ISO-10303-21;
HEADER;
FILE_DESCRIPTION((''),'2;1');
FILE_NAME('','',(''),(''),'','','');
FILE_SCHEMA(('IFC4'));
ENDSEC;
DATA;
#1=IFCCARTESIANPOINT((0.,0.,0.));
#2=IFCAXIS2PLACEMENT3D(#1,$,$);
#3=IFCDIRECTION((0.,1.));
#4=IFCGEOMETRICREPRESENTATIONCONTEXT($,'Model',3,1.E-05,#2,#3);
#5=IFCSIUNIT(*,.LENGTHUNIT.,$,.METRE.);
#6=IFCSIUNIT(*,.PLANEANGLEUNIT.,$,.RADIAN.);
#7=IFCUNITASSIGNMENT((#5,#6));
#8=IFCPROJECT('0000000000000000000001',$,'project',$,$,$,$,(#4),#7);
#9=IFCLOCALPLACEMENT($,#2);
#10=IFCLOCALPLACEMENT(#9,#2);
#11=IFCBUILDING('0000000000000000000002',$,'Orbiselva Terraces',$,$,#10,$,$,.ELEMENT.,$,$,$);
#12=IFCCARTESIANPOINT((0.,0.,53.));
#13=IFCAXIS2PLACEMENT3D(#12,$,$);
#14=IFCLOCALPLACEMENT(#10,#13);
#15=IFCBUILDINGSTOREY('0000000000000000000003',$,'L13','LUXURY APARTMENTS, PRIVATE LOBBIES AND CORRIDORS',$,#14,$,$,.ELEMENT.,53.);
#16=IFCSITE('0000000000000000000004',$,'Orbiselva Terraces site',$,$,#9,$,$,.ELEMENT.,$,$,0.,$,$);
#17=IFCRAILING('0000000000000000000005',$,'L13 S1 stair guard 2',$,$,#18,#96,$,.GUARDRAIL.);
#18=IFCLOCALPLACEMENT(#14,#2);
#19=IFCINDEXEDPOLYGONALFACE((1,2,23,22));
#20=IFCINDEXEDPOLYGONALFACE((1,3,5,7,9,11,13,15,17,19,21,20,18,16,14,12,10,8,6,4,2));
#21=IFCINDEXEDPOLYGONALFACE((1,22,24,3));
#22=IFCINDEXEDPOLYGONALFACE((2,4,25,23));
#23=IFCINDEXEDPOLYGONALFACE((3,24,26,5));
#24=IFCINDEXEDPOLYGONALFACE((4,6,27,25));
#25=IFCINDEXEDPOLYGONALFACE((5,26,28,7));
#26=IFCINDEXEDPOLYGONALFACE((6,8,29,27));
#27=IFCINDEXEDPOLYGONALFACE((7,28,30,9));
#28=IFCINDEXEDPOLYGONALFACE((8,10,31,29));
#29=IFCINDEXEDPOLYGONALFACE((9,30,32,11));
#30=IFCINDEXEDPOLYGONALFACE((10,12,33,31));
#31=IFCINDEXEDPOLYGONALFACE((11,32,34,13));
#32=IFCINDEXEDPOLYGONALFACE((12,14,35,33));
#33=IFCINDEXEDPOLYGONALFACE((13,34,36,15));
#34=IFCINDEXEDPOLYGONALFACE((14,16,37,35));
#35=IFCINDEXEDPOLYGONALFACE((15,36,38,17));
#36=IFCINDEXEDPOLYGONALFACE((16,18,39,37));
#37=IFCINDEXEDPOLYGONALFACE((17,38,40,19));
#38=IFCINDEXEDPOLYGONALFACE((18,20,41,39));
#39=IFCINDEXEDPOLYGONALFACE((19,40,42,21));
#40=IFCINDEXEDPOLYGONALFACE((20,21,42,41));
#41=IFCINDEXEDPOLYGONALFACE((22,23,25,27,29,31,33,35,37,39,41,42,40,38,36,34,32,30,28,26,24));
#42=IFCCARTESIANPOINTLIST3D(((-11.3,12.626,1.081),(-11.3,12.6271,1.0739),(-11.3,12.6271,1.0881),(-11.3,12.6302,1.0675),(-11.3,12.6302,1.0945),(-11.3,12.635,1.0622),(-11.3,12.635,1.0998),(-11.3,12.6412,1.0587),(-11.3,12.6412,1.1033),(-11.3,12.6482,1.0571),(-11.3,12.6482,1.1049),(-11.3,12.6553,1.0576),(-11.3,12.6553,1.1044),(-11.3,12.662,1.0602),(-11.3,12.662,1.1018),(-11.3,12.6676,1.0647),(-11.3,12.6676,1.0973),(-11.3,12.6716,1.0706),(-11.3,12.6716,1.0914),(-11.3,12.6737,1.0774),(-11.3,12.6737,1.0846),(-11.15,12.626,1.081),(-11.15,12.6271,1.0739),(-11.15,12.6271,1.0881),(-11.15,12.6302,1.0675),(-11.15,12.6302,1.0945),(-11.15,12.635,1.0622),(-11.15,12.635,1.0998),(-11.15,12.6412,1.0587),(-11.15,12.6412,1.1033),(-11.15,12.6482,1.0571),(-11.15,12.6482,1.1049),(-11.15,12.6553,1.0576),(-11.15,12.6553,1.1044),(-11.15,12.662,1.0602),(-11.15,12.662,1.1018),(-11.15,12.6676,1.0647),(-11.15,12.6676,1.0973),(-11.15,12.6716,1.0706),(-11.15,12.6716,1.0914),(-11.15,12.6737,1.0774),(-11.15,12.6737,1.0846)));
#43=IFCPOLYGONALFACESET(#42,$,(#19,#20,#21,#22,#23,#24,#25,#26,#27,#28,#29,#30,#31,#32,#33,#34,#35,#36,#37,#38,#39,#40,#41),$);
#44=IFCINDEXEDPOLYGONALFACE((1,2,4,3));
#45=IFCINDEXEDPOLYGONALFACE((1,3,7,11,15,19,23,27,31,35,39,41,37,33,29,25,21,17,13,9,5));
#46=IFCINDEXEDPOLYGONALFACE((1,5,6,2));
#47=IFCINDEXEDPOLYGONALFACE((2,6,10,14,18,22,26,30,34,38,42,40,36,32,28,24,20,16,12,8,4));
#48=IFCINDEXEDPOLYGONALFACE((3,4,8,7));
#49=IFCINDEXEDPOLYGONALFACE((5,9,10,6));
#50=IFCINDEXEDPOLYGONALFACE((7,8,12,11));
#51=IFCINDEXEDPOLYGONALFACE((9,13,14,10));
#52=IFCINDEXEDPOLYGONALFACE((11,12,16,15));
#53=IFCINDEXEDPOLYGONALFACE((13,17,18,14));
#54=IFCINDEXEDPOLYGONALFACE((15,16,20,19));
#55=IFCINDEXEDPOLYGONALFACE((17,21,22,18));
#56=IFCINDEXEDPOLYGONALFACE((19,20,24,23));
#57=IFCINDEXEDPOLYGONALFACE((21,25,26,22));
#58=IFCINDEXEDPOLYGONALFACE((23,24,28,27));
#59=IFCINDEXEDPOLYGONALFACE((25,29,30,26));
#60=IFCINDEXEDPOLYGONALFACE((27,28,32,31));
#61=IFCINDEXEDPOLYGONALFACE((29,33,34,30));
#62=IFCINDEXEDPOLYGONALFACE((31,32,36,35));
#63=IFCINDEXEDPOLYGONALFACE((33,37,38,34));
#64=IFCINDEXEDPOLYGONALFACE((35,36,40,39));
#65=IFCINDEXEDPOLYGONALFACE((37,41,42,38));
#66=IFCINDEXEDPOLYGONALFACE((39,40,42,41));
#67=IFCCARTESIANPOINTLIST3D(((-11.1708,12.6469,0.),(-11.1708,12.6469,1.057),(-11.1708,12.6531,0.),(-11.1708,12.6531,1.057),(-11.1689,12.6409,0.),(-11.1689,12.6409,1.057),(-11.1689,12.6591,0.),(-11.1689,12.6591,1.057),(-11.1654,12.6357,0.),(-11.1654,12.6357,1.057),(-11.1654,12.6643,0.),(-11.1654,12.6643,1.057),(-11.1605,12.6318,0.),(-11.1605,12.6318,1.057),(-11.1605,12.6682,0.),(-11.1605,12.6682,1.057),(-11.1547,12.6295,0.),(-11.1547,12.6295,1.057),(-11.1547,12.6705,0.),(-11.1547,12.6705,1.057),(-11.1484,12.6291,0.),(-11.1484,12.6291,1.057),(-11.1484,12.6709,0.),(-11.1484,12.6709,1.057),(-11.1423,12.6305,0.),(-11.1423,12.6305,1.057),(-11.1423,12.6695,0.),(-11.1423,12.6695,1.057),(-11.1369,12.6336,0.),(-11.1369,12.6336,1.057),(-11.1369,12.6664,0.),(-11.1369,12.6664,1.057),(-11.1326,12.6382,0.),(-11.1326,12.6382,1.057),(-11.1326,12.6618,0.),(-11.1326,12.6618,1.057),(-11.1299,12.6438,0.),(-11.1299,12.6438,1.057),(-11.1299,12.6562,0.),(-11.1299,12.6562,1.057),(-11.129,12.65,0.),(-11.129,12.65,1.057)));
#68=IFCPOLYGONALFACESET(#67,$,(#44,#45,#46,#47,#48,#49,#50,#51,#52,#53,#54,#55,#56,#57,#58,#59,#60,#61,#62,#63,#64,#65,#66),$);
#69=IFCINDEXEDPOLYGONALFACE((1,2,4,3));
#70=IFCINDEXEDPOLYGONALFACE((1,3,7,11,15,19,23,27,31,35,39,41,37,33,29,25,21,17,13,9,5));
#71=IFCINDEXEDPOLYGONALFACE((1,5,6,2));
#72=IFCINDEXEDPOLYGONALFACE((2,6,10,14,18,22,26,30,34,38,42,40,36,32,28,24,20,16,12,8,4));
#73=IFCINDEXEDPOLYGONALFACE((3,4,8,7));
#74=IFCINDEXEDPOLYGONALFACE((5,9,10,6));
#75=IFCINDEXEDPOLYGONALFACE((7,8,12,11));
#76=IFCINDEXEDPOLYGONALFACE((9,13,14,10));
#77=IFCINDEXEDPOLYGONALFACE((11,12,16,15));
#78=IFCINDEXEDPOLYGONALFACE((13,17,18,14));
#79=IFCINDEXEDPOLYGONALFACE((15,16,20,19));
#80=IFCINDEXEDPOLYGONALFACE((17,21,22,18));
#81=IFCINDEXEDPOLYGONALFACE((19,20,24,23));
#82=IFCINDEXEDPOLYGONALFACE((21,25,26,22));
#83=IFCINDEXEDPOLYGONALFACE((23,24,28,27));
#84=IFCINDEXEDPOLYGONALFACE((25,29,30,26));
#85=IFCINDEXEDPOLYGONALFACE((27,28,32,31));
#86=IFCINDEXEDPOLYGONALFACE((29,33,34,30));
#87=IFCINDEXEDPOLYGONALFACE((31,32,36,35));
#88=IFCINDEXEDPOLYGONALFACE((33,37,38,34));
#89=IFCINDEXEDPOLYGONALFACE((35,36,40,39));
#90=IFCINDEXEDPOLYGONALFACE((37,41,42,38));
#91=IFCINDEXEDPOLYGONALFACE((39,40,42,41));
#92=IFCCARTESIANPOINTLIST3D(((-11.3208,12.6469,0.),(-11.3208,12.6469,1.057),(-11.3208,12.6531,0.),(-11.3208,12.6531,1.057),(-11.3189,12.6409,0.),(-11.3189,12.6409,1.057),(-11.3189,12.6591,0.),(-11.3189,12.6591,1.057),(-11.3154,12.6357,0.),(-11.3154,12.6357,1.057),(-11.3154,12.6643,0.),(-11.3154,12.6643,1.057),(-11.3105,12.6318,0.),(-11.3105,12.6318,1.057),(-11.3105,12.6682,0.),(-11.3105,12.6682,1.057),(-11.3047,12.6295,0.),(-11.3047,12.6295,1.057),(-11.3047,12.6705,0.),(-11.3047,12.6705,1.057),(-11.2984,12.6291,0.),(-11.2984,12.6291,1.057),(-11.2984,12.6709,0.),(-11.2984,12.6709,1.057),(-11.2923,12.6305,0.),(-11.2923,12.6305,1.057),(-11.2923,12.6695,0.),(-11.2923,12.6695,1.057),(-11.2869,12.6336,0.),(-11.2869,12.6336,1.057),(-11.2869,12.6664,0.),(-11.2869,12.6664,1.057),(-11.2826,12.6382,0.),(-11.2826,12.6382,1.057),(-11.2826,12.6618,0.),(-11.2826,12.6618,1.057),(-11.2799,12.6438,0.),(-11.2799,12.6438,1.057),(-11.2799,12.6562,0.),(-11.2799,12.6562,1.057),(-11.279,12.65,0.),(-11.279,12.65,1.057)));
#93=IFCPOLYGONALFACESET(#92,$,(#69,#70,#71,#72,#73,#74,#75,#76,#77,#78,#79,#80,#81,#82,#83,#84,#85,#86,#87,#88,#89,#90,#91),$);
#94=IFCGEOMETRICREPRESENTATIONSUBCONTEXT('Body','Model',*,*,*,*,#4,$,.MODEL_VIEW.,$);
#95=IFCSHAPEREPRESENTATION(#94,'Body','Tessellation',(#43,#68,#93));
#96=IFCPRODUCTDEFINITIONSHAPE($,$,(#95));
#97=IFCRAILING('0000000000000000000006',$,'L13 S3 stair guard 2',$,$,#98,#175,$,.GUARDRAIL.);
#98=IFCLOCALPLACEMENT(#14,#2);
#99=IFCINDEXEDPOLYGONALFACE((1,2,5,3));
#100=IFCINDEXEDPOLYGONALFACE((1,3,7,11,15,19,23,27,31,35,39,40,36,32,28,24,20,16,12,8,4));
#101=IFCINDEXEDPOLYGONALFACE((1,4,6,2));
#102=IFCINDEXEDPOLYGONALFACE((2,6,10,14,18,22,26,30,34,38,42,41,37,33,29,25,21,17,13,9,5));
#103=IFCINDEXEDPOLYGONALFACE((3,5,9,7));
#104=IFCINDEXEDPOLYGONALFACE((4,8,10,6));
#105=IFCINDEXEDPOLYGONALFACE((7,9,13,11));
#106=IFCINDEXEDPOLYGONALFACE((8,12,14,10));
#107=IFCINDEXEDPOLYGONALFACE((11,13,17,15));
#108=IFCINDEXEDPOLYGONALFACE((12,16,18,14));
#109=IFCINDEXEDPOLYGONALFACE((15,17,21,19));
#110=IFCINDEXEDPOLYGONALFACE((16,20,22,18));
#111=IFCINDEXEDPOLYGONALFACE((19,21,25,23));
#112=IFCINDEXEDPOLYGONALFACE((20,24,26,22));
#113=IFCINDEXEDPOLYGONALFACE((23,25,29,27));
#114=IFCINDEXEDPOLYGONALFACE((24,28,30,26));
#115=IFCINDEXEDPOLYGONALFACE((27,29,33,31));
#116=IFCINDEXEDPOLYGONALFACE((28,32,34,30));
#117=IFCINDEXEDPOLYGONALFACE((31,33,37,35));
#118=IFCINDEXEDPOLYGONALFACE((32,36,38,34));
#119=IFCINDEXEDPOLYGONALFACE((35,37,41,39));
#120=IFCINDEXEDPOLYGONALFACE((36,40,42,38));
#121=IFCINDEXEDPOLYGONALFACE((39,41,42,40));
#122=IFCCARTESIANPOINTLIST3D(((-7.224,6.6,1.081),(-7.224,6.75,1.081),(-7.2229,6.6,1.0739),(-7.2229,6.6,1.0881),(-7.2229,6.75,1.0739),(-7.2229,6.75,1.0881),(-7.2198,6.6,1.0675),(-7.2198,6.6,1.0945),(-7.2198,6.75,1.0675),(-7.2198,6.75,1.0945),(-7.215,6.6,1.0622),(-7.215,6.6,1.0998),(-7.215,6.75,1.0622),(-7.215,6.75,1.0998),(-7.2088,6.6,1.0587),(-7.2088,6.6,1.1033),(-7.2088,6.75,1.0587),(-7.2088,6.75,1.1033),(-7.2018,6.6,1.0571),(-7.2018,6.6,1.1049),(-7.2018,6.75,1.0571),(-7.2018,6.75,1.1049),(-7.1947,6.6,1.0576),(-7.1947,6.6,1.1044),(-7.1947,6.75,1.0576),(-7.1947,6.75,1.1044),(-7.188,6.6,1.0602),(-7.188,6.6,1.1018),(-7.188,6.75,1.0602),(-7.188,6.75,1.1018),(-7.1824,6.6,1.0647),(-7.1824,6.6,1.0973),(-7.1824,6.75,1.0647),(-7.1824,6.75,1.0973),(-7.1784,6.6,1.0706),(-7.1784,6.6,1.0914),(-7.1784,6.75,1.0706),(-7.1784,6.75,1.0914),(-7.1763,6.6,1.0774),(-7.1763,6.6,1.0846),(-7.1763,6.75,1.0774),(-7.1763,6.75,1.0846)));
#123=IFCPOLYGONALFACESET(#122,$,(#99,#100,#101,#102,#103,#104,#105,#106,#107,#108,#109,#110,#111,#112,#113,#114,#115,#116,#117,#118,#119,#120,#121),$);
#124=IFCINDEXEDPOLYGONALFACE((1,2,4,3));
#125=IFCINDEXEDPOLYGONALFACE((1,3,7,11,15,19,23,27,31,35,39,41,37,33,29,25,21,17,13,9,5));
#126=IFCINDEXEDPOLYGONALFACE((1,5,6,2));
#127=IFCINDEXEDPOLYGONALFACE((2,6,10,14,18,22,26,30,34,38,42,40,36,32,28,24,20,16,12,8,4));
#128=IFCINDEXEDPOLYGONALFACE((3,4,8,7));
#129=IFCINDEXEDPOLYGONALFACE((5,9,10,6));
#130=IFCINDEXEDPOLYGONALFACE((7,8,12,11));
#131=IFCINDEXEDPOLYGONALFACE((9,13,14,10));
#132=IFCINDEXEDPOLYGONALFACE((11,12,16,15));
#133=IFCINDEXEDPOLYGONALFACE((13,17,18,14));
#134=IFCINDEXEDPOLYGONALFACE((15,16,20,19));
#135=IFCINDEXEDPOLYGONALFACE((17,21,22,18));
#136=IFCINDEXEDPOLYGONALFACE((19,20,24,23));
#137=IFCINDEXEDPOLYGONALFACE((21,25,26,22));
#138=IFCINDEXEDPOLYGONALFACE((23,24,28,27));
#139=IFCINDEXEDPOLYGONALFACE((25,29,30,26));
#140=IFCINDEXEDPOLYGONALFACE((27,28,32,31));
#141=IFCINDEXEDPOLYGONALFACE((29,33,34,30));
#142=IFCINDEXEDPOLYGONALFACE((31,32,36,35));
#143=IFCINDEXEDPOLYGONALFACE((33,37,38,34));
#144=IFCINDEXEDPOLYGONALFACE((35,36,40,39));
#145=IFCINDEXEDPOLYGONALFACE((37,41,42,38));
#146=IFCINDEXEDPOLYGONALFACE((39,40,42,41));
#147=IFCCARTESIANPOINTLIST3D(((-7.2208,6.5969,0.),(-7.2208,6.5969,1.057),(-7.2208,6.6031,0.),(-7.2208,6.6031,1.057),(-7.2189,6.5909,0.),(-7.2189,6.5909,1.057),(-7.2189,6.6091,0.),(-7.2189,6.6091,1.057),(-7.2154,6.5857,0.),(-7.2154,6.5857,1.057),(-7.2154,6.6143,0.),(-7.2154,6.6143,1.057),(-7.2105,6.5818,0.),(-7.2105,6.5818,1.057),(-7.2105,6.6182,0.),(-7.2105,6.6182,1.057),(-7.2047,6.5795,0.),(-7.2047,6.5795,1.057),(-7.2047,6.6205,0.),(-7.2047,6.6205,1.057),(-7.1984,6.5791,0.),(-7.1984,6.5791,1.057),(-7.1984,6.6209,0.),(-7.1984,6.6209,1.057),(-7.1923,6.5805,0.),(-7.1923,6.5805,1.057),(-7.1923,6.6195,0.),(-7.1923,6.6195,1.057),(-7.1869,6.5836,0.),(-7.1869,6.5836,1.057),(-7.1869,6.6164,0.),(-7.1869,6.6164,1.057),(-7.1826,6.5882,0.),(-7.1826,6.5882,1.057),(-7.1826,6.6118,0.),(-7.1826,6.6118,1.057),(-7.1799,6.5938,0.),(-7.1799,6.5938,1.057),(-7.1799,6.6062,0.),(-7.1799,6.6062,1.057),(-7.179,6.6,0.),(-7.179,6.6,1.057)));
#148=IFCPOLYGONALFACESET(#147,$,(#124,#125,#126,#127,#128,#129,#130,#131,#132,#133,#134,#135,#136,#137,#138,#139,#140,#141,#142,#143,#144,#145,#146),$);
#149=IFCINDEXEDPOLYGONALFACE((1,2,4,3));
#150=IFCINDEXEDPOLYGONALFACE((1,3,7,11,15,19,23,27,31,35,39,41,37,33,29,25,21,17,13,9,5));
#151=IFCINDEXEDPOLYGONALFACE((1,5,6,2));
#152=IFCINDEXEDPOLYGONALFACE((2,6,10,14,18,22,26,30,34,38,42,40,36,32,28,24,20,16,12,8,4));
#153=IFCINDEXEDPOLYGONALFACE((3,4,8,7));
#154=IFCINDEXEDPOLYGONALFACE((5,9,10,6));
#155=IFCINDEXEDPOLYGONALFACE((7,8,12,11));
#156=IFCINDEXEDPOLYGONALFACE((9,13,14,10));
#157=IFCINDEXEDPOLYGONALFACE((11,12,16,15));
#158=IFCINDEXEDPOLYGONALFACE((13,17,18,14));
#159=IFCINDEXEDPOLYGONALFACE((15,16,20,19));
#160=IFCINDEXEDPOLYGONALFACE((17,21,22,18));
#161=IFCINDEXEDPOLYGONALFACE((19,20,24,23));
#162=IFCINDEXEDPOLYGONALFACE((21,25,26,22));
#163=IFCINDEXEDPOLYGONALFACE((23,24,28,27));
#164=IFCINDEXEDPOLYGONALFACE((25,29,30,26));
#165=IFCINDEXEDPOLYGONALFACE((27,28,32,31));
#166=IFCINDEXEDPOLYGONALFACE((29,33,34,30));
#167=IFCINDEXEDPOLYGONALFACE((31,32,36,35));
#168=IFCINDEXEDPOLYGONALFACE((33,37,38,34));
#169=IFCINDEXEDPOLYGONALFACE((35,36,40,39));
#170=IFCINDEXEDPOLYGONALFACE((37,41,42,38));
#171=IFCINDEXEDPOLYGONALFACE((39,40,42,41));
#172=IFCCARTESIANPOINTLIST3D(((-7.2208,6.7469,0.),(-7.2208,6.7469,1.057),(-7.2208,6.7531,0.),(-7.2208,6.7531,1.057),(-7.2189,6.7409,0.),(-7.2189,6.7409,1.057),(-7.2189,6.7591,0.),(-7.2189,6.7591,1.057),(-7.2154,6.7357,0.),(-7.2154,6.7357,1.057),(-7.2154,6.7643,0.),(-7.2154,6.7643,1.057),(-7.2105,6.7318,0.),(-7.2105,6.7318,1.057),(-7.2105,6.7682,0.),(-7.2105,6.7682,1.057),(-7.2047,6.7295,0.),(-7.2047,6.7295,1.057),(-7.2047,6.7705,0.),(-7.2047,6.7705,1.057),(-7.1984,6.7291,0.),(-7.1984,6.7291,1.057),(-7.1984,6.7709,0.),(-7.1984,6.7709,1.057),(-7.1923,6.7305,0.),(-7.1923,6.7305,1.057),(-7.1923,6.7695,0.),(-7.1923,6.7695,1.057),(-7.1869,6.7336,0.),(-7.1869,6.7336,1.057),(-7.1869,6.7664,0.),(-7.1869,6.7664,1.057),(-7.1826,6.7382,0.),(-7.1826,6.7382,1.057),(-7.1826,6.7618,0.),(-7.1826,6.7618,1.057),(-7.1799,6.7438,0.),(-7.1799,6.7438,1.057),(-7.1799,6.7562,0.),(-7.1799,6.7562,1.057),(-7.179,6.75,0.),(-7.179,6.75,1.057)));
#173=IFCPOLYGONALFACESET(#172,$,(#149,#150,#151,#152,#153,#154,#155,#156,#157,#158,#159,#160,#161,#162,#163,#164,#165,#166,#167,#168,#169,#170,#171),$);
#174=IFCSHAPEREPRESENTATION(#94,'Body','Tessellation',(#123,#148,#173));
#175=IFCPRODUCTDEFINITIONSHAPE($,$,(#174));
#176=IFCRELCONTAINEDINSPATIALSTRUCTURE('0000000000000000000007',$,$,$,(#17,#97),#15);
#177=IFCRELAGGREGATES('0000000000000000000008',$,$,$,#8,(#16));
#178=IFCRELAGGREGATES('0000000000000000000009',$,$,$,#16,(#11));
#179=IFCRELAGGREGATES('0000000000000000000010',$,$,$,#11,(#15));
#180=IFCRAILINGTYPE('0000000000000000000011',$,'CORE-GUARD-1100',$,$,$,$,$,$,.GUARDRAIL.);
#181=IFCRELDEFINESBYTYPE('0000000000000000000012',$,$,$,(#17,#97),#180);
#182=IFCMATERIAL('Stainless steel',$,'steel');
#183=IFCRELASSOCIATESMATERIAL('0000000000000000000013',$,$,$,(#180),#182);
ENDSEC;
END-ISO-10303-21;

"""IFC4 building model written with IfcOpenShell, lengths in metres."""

from ifc_helpers import new_model, si_unit, direction, frame, origin, origin_2d, place, context, subcontext, project, spatial, circle, extrude, material, type_object, element, save


model = new_model("IFC4")

# Units and contexts
model_context = context("Model", 3, precision=1e-05, world=origin(), true_north=direction((0.0, 1.0)))
body_context = subcontext(model_context, "Body", "Model", "MODEL_VIEW")
ifc_project = project(units=[si_unit("LENGTHUNIT", "METRE"), si_unit("PLANEANGLEUNIT", "RADIAN")], contexts=[model_context])

# Site, building, storey
site_placement = place(None, origin())
site = spatial("IfcSite", under=ifc_project, at=site_placement, Name="Orbiselva Terraces site", CompositionType="ELEMENT", RefElevation=0.0)
building_placement = place(site_placement, origin())
building = spatial("IfcBuilding", under=site, at=building_placement, Name="Orbiselva Terraces", CompositionType="ELEMENT")
storey_placement = place(building_placement, frame((0.0, 0.0, 53.0)))
storey = spatial("IfcBuildingStorey", under=building, at=storey_placement, Name="L13", Description="LUXURY APARTMENTS, PRIVATE LOBBIES AND CORRIDORS", CompositionType="ELEMENT", Elevation=53.0)

# Railings
ifc_material_1 = material(Name="Stainless steel", Category="steel")
railing_type_1 = type_object("IfcRailingType", Name="CORE-GUARD-1100", PredefinedType="GUARDRAIL", material=ifc_material_1)
railing_1_placement = place(storey_placement, frame((-11.15, 12.65, 0.0)))
element("IfcRailing", 1, at=railing_1_placement, inside=storey, type_object=railing_type_1, Name="L13 S1 stair guard 2", PredefinedType="GUARDRAIL", context=body_context, shape_type="SweptSolid", body=[
    extrude(circle(Radius=0.024, at=origin_2d()), frame((0.0, 0.0, 1.081), z_axis=(-1.0, 0.0, 0.0), x_axis=(0.0, -1.0, 0.0)), (0.0, 0.0, 1.0), 0.15),
    extrude(circle(Radius=0.021, at=origin_2d()), origin(), (0.0, 0.0, 1.0), 1.057),
    extrude(circle(Radius=0.021, at=origin_2d()), frame((-0.15, 0.0, 0.0)), (0.0, 0.0, 1.0), 1.057),
])
railing_2_placement = place(storey_placement, frame((-7.2, 6.6, 0.0)))
element("IfcRailing", 2, at=railing_2_placement, inside=storey, type_object=railing_type_1, Name="L13 S3 stair guard 2", PredefinedType="GUARDRAIL", context=body_context, shape_type="SweptSolid", body=[
    extrude(circle(Radius=0.024, at=origin_2d()), frame((0.0, 0.0, 1.081), z_axis=(0.0, 1.0, 0.0), x_axis=(-1.0, 0.0, 0.0)), (0.0, 0.0, 1.0), 0.15),
    extrude(circle(Radius=0.021, at=origin_2d()), origin(), (0.0, 0.0, 1.0), 1.057),
    extrude(circle(Radius=0.021, at=origin_2d()), frame((0.0, 0.15, 0.0)), (0.0, 0.0, 1.0), 1.057),
])

save(model, "model.ifc")
